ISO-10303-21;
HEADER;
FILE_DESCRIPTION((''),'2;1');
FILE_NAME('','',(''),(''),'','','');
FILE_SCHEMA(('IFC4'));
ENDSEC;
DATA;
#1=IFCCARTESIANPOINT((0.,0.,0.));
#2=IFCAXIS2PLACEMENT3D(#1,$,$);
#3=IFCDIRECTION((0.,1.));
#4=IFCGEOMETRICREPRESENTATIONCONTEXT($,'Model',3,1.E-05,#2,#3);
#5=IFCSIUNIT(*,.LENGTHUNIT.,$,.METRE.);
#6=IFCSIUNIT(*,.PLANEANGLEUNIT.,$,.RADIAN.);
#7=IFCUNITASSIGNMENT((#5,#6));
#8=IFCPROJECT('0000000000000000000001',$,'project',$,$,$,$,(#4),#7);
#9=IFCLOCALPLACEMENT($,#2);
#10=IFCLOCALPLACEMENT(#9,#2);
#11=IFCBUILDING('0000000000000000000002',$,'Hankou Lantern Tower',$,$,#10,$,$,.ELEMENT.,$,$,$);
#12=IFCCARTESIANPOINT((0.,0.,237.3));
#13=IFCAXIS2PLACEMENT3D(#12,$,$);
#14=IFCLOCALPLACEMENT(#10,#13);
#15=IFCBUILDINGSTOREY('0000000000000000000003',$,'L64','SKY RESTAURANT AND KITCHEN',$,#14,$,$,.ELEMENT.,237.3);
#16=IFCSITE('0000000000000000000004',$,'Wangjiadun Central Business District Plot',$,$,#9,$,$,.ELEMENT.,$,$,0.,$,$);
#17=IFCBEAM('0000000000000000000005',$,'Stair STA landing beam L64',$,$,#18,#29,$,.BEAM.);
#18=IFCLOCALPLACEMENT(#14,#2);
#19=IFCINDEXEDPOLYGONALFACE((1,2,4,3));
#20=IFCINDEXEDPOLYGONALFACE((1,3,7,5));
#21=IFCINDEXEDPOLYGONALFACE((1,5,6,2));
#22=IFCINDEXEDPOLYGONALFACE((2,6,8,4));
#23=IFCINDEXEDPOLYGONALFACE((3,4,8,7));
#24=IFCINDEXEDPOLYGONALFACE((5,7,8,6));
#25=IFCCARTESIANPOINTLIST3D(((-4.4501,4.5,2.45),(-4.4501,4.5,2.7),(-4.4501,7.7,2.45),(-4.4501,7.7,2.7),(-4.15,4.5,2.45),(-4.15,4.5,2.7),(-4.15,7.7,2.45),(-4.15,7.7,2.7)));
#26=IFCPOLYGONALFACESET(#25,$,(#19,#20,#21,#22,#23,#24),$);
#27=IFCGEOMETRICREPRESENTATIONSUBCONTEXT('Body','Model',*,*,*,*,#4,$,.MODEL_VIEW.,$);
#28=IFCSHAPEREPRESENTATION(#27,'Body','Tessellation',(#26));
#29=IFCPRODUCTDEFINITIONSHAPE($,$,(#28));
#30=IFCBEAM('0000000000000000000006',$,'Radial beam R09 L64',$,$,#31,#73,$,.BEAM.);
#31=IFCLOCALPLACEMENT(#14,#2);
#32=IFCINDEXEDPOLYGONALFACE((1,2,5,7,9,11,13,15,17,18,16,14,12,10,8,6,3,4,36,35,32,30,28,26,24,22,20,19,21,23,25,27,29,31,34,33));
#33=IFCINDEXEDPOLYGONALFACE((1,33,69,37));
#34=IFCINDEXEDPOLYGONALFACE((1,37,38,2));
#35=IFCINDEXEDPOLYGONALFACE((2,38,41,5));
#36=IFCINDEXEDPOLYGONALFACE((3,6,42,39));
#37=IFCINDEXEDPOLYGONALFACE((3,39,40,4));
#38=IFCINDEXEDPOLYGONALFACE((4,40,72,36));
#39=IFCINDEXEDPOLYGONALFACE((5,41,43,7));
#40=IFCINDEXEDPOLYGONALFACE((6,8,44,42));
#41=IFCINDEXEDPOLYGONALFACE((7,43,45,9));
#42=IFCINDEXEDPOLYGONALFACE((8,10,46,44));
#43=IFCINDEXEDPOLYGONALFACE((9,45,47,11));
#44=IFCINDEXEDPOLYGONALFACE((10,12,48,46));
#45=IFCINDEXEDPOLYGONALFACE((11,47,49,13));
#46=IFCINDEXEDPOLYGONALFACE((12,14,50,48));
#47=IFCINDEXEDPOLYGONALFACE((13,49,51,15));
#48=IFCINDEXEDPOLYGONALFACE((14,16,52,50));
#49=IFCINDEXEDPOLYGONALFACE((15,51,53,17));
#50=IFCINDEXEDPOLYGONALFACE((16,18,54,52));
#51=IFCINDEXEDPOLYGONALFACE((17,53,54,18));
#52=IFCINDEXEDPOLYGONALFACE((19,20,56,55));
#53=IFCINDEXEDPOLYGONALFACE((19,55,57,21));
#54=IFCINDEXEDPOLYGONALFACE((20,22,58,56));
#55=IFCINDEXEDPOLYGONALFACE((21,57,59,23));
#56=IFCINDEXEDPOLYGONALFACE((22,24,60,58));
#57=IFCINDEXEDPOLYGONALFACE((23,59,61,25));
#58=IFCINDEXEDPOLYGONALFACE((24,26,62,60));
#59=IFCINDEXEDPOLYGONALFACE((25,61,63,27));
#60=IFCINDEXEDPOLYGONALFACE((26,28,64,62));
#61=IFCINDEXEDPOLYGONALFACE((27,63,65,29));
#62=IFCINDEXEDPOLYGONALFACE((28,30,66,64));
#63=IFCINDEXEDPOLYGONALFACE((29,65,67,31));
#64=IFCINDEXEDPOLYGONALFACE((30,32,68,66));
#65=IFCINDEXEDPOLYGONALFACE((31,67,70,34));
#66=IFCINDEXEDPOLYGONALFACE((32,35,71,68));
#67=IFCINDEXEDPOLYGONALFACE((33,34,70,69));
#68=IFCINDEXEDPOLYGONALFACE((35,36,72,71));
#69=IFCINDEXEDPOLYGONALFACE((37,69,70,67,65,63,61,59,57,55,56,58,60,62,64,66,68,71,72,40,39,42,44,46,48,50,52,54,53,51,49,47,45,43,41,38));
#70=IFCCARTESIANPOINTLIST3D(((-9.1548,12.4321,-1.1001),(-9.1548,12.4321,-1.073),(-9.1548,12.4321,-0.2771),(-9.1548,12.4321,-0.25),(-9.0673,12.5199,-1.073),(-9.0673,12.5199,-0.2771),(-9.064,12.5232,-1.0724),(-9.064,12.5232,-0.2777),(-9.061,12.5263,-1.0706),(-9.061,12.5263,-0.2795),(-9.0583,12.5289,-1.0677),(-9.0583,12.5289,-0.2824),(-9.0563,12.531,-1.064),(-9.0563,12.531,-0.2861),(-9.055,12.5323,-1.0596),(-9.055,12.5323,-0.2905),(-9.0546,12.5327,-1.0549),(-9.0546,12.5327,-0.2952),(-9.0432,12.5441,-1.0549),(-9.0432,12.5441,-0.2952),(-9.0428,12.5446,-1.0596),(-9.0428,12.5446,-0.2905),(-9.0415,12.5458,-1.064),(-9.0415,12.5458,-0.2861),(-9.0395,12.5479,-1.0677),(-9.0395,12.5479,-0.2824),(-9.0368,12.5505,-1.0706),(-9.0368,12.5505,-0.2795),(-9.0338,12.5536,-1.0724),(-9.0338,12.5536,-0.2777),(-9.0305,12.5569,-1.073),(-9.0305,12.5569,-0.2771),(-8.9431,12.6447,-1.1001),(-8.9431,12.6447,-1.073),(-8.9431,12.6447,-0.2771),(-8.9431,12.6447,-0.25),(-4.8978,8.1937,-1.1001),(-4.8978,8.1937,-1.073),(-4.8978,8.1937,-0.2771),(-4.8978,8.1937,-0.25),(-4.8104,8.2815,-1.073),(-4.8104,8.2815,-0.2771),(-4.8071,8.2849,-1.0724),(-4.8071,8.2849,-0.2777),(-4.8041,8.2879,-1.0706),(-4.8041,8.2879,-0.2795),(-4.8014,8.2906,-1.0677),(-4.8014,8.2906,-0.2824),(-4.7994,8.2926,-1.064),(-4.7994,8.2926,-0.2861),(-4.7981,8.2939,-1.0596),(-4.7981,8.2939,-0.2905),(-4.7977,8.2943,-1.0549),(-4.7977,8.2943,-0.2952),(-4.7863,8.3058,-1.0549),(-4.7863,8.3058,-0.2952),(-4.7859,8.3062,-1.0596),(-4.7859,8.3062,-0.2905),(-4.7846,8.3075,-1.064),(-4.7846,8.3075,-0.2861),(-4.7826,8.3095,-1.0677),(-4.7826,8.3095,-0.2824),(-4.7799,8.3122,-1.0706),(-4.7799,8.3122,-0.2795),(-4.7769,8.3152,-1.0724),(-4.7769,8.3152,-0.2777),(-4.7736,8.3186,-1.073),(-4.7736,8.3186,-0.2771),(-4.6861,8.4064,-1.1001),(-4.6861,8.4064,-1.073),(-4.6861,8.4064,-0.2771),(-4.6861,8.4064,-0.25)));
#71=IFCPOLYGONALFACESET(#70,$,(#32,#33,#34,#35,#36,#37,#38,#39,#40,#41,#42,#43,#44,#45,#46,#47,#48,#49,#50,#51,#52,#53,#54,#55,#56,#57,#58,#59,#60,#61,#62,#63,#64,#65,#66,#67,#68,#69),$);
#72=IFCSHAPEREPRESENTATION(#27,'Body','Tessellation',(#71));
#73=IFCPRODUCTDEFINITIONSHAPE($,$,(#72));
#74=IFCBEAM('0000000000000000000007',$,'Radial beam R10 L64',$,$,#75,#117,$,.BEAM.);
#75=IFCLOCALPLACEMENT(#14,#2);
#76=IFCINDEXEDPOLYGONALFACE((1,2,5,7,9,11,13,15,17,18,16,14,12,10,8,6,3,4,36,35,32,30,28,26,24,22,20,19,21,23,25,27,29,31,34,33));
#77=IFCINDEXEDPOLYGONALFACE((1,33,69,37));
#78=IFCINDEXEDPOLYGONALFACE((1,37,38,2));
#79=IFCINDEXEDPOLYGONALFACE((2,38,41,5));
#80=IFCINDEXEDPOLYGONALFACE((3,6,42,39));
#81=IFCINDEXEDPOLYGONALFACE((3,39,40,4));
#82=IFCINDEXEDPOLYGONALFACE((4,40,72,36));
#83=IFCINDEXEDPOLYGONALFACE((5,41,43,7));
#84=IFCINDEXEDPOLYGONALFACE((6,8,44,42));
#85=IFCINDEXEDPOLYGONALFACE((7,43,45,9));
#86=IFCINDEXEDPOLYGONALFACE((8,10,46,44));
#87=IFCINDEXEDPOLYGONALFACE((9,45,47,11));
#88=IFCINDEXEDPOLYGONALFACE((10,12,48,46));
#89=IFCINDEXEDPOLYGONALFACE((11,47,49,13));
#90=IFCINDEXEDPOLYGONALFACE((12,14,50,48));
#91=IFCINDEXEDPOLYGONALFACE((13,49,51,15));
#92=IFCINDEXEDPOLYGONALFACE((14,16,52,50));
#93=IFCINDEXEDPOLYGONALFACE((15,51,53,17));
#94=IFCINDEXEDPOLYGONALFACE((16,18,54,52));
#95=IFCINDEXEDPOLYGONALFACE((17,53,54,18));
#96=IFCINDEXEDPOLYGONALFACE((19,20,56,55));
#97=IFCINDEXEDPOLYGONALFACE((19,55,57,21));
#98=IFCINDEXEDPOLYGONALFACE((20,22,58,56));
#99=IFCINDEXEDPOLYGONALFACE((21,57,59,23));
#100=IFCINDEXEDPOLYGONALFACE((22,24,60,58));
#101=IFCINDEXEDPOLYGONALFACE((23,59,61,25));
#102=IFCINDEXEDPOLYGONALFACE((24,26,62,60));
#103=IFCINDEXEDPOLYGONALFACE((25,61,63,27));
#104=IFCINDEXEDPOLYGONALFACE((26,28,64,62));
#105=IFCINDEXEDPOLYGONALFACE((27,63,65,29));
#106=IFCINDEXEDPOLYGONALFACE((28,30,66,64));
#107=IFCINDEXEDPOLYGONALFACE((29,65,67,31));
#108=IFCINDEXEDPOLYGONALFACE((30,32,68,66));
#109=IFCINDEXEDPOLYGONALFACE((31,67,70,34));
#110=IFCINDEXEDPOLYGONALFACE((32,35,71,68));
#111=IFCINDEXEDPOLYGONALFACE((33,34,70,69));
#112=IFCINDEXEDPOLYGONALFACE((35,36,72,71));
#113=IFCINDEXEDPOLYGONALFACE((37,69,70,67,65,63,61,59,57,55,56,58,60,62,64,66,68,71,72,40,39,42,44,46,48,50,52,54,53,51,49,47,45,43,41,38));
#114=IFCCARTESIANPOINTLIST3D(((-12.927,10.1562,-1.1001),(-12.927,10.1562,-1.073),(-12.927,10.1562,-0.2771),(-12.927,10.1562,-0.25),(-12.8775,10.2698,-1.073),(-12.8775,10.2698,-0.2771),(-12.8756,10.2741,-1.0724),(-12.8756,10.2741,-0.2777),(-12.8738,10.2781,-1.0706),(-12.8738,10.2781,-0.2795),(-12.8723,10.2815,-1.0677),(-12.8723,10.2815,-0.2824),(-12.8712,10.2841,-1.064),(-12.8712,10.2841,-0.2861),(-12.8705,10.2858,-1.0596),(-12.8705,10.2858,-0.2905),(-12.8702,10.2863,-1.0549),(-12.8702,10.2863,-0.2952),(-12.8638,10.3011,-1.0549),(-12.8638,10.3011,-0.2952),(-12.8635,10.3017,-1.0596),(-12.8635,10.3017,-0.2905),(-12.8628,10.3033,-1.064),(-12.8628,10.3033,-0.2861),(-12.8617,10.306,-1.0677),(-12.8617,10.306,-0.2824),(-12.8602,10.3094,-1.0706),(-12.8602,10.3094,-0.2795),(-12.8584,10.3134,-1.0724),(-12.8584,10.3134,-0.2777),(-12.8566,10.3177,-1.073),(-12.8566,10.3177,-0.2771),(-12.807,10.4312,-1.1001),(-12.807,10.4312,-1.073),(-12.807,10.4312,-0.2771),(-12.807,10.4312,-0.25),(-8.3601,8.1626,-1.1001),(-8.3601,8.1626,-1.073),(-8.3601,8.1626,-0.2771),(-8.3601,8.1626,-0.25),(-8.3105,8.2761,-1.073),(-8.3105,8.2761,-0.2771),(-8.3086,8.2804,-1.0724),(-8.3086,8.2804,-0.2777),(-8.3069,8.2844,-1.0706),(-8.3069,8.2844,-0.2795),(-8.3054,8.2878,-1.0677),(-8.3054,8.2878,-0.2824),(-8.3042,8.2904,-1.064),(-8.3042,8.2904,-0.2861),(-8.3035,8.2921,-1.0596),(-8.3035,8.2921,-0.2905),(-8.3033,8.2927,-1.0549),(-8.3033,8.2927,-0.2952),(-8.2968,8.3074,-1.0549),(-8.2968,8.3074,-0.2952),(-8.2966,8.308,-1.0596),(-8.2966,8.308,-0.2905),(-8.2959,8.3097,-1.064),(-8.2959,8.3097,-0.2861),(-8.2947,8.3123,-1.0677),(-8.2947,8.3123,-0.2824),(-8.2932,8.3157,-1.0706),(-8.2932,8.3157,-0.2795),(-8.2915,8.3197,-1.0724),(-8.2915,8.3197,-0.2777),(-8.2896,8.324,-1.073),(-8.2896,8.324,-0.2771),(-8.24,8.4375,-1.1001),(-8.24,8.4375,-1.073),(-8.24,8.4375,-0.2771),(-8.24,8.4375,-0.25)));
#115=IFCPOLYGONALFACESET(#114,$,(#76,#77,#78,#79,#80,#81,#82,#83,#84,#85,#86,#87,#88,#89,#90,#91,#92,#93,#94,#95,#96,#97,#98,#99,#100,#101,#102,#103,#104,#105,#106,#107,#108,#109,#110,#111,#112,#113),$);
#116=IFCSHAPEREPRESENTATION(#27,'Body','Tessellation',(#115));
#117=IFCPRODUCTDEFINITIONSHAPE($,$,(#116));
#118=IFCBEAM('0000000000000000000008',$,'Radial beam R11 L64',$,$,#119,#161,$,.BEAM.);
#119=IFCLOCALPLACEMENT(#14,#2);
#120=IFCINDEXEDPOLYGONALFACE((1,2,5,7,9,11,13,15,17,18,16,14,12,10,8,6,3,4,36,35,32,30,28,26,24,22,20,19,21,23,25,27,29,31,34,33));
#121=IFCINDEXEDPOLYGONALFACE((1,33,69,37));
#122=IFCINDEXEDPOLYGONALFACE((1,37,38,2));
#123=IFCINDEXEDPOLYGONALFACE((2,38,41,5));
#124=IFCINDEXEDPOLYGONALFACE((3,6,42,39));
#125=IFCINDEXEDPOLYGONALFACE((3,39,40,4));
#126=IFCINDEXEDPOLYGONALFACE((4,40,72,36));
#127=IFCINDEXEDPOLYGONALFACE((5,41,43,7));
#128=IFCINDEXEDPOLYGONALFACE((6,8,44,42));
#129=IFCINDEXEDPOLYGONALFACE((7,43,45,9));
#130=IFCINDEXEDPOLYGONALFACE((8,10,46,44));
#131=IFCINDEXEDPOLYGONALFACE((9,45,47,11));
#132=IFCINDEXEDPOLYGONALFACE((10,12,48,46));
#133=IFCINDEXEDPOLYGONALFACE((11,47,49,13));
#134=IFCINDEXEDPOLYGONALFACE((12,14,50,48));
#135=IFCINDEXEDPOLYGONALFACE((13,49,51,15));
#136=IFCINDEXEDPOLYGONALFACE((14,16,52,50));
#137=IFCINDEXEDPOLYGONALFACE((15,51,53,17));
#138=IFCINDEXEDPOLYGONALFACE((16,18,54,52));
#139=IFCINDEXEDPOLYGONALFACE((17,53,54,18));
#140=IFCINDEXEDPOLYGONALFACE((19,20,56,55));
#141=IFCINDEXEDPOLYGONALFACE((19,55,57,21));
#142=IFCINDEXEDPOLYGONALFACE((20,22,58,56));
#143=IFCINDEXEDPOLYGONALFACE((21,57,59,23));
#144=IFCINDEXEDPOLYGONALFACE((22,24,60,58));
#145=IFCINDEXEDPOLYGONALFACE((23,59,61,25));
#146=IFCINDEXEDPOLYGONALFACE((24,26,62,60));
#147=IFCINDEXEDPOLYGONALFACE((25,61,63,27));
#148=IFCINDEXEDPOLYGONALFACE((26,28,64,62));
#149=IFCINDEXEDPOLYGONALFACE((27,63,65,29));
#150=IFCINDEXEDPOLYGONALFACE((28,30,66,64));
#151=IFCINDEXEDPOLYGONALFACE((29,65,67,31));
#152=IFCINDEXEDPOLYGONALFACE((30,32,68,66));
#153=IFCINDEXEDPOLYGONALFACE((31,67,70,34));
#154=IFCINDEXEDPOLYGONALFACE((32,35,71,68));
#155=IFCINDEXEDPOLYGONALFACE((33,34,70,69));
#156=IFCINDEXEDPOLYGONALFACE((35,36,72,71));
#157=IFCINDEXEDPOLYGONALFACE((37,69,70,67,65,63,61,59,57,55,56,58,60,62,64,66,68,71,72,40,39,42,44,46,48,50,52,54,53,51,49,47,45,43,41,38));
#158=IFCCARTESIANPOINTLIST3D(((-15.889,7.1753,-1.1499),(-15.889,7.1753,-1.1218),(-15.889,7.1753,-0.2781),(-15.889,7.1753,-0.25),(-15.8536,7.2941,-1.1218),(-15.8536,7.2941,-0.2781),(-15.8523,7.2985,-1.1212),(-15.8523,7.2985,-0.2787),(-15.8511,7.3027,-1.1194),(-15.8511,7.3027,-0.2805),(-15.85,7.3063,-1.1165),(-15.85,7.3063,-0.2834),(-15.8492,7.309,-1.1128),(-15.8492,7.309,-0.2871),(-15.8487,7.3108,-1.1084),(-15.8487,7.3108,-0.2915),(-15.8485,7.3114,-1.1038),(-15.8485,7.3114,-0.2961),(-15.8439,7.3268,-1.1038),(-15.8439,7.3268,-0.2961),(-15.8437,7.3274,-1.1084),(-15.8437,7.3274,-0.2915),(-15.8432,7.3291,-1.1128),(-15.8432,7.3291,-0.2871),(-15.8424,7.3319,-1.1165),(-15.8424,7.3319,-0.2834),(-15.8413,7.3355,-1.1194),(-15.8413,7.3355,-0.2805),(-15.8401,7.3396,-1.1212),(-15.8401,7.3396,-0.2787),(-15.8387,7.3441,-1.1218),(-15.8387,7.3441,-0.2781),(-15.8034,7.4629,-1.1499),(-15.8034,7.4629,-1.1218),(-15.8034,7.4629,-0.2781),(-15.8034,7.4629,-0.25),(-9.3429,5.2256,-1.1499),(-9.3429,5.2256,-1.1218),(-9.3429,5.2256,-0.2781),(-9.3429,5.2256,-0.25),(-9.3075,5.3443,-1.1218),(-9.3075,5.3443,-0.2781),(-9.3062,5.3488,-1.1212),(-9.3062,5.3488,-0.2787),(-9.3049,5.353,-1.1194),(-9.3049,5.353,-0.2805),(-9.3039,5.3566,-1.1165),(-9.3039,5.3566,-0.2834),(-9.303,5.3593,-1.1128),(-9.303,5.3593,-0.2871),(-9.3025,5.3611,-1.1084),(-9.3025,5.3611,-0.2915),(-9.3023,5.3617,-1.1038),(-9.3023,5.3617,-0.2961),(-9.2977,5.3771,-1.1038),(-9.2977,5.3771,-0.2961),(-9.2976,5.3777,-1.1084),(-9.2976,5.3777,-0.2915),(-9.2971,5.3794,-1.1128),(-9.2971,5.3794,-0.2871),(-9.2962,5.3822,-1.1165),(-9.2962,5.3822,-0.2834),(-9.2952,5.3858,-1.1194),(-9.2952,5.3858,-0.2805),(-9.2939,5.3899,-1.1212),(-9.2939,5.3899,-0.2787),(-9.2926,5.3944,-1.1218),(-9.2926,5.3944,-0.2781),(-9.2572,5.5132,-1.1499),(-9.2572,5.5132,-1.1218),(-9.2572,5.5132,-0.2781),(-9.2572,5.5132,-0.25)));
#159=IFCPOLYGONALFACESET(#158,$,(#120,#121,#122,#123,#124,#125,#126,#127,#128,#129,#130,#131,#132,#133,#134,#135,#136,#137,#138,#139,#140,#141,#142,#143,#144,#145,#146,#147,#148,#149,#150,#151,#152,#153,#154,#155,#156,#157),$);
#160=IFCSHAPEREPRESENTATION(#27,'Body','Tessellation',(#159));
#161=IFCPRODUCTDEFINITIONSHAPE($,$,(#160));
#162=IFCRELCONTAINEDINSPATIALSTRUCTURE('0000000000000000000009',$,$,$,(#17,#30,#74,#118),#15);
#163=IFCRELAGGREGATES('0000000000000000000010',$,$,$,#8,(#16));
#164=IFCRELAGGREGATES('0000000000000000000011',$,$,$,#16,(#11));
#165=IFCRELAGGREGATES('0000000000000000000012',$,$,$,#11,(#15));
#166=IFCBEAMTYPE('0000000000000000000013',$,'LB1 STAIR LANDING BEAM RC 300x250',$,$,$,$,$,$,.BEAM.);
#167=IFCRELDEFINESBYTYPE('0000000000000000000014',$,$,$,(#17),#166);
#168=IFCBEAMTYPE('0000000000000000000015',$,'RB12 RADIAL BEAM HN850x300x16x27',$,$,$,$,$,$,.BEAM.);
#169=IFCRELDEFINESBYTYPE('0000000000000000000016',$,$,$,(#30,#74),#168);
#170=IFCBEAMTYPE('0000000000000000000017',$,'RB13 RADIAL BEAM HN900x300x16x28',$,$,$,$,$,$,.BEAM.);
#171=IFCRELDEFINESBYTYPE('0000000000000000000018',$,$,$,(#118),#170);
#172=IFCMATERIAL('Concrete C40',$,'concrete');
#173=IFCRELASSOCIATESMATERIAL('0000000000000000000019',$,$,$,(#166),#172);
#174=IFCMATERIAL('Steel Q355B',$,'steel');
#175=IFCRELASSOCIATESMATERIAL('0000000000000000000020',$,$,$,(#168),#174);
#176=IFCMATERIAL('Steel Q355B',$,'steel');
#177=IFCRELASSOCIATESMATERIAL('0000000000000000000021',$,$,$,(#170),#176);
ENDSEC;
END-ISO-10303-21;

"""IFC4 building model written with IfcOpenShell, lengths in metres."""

from ifc_helpers import new_model, si_unit, direction, frame, origin, origin_2d, place, context, subcontext, project, spatial, rectangle, i_section, extrude, material, material_profile, profile_set, type_object, element, save


model = new_model("IFC4")

# Units and contexts
model_context = context("Model", 3, precision=1e-05, world=origin(), true_north=direction((0.0, 1.0)))
body_context = subcontext(model_context, "Body", "Model", "MODEL_VIEW")
ifc_project = project(units=[si_unit("LENGTHUNIT", "METRE"), si_unit("PLANEANGLEUNIT", "RADIAN")], contexts=[model_context])

# Site, building, storey
site_placement = place(None, origin())
site = spatial("IfcSite", under=ifc_project, at=site_placement, Name="Wangjiadun Central Business District Plot", CompositionType="ELEMENT", RefElevation=0.0)
building_placement = place(site_placement, origin())
building = spatial("IfcBuilding", under=site, at=building_placement, Name="Hankou Lantern Tower", CompositionType="ELEMENT")
storey_placement = place(building_placement, frame((0.0, 0.0, 237.3)))
storey = spatial("IfcBuildingStorey", under=building, at=storey_placement, Name="L64", Description="SKY RESTAURANT AND KITCHEN", CompositionType="ELEMENT", Elevation=237.3)

# Beams
ifc_material_1 = material(Name="Concrete C40", Category="concrete")
ifc_material_profile_1 = material_profile(ifc_material_1, rectangle(XDim=0.3, YDim=0.25, at=origin_2d()), Name="RC 300x250")
ifc_profile_set_1 = profile_set([ifc_material_profile_1], Name="Concrete C40")
beam_type_1 = type_object("IfcBeamType", Name="LB1 STAIR LANDING BEAM RC 300x250", PredefinedType="BEAM", material=ifc_profile_set_1)
beam_1_placement = place(storey_placement, frame((-4.3, 4.5, 2.575), z_axis=(0.0, 1.0, 0.0), x_axis=(-1.0, 0.0, 0.0)))
element("IfcBeam", 1, at=beam_1_placement, inside=storey, type_object=beam_type_1, Name="Stair STA landing beam L64", PredefinedType="BEAM", context=body_context, shape_type="SweptSolid", body=[
    extrude(rectangle(XDim=0.3, YDim=0.25, at=origin_2d()), origin(), (0.0, 0.0, 1.0), 3.2),
])
ifc_material_2 = material(Name="Steel Q355B", Category="steel")
ifc_material_profile_2 = material_profile(ifc_material_2, i_section(OverallWidth=0.3, OverallDepth=0.8501, WebThickness=0.0161, FlangeThickness=0.0271, FilletRadius=0.0181, at=origin_2d()), Name="HN850x300x16x27")
ifc_profile_set_2 = profile_set([ifc_material_profile_2], Name="Steel Q355B")
beam_type_2 = type_object("IfcBeamType", Name="RB12 RADIAL BEAM HN850x300x16x27", PredefinedType="BEAM", material=ifc_profile_set_2)
beam_2_placement = place(storey_placement, frame((-4.792, 8.3, -0.675), z_axis=(-0.70865, 0.705561, 0.0), x_axis=(-0.705561, -0.70865, 0.0)))
element("IfcBeam", 2, at=beam_2_placement, inside=storey, type_object=beam_type_2, Name="Radial beam R09 L64", PredefinedType="BEAM", context=body_context, shape_type="SweptSolid", body=[
    extrude(i_section(OverallWidth=0.3, OverallDepth=0.8501, WebThickness=0.0161, FlangeThickness=0.0271, FilletRadius=0.0181, at=origin_2d()), origin(), (0.0, 0.0, 1.0), 6.0071),
])
beam_3_placement = place(storey_placement, frame((-8.3, 8.3, -0.675), z_axis=(-0.916479, 0.400084, 0.0), x_axis=(-0.400084, -0.916479, 0.0)))
element("IfcBeam", 3, at=beam_3_placement, inside=storey, type_object=beam_type_2, Name="Radial beam R10 L64", PredefinedType="BEAM", context=body_context, shape_type="SweptSolid", body=[
    extrude(i_section(OverallWidth=0.3, OverallDepth=0.8501, WebThickness=0.0161, FlangeThickness=0.0271, FilletRadius=0.0181, at=origin_2d()), origin(), (0.0, 0.0, 1.0), 4.9832),
])
ifc_material_3 = material(Name="Steel Q355B", Category="steel")
ifc_material_profile_3 = material_profile(ifc_material_3, i_section(OverallWidth=0.3, OverallDepth=0.8999, WebThickness=0.0161, FlangeThickness=0.0281, FilletRadius=0.0181, at=origin_2d()), Name="HN900x300x16x28")
ifc_profile_set_3 = profile_set([ifc_material_profile_3], Name="Steel Q355B")
beam_type_3 = type_object("IfcBeamType", Name="RB13 RADIAL BEAM HN900x300x16x28", PredefinedType="BEAM", material=ifc_profile_set_3)
beam_4_placement = place(storey_placement, frame((-9.3, 5.3694, -0.7), z_axis=(-0.958394, 0.285449, 0.0), x_axis=(-0.285449, -0.958394, 0.0)))
element("IfcBeam", 4, at=beam_4_placement, inside=storey, type_object=beam_type_3, Name="Radial beam R11 L64", PredefinedType="BEAM", context=body_context, shape_type="SweptSolid", body=[
    extrude(i_section(OverallWidth=0.3, OverallDepth=0.8999, WebThickness=0.0161, FlangeThickness=0.0281, FilletRadius=0.0181, at=origin_2d()), origin(), (0.0, 0.0, 1.0), 6.8303),
])

save(model, "model.ifc")
